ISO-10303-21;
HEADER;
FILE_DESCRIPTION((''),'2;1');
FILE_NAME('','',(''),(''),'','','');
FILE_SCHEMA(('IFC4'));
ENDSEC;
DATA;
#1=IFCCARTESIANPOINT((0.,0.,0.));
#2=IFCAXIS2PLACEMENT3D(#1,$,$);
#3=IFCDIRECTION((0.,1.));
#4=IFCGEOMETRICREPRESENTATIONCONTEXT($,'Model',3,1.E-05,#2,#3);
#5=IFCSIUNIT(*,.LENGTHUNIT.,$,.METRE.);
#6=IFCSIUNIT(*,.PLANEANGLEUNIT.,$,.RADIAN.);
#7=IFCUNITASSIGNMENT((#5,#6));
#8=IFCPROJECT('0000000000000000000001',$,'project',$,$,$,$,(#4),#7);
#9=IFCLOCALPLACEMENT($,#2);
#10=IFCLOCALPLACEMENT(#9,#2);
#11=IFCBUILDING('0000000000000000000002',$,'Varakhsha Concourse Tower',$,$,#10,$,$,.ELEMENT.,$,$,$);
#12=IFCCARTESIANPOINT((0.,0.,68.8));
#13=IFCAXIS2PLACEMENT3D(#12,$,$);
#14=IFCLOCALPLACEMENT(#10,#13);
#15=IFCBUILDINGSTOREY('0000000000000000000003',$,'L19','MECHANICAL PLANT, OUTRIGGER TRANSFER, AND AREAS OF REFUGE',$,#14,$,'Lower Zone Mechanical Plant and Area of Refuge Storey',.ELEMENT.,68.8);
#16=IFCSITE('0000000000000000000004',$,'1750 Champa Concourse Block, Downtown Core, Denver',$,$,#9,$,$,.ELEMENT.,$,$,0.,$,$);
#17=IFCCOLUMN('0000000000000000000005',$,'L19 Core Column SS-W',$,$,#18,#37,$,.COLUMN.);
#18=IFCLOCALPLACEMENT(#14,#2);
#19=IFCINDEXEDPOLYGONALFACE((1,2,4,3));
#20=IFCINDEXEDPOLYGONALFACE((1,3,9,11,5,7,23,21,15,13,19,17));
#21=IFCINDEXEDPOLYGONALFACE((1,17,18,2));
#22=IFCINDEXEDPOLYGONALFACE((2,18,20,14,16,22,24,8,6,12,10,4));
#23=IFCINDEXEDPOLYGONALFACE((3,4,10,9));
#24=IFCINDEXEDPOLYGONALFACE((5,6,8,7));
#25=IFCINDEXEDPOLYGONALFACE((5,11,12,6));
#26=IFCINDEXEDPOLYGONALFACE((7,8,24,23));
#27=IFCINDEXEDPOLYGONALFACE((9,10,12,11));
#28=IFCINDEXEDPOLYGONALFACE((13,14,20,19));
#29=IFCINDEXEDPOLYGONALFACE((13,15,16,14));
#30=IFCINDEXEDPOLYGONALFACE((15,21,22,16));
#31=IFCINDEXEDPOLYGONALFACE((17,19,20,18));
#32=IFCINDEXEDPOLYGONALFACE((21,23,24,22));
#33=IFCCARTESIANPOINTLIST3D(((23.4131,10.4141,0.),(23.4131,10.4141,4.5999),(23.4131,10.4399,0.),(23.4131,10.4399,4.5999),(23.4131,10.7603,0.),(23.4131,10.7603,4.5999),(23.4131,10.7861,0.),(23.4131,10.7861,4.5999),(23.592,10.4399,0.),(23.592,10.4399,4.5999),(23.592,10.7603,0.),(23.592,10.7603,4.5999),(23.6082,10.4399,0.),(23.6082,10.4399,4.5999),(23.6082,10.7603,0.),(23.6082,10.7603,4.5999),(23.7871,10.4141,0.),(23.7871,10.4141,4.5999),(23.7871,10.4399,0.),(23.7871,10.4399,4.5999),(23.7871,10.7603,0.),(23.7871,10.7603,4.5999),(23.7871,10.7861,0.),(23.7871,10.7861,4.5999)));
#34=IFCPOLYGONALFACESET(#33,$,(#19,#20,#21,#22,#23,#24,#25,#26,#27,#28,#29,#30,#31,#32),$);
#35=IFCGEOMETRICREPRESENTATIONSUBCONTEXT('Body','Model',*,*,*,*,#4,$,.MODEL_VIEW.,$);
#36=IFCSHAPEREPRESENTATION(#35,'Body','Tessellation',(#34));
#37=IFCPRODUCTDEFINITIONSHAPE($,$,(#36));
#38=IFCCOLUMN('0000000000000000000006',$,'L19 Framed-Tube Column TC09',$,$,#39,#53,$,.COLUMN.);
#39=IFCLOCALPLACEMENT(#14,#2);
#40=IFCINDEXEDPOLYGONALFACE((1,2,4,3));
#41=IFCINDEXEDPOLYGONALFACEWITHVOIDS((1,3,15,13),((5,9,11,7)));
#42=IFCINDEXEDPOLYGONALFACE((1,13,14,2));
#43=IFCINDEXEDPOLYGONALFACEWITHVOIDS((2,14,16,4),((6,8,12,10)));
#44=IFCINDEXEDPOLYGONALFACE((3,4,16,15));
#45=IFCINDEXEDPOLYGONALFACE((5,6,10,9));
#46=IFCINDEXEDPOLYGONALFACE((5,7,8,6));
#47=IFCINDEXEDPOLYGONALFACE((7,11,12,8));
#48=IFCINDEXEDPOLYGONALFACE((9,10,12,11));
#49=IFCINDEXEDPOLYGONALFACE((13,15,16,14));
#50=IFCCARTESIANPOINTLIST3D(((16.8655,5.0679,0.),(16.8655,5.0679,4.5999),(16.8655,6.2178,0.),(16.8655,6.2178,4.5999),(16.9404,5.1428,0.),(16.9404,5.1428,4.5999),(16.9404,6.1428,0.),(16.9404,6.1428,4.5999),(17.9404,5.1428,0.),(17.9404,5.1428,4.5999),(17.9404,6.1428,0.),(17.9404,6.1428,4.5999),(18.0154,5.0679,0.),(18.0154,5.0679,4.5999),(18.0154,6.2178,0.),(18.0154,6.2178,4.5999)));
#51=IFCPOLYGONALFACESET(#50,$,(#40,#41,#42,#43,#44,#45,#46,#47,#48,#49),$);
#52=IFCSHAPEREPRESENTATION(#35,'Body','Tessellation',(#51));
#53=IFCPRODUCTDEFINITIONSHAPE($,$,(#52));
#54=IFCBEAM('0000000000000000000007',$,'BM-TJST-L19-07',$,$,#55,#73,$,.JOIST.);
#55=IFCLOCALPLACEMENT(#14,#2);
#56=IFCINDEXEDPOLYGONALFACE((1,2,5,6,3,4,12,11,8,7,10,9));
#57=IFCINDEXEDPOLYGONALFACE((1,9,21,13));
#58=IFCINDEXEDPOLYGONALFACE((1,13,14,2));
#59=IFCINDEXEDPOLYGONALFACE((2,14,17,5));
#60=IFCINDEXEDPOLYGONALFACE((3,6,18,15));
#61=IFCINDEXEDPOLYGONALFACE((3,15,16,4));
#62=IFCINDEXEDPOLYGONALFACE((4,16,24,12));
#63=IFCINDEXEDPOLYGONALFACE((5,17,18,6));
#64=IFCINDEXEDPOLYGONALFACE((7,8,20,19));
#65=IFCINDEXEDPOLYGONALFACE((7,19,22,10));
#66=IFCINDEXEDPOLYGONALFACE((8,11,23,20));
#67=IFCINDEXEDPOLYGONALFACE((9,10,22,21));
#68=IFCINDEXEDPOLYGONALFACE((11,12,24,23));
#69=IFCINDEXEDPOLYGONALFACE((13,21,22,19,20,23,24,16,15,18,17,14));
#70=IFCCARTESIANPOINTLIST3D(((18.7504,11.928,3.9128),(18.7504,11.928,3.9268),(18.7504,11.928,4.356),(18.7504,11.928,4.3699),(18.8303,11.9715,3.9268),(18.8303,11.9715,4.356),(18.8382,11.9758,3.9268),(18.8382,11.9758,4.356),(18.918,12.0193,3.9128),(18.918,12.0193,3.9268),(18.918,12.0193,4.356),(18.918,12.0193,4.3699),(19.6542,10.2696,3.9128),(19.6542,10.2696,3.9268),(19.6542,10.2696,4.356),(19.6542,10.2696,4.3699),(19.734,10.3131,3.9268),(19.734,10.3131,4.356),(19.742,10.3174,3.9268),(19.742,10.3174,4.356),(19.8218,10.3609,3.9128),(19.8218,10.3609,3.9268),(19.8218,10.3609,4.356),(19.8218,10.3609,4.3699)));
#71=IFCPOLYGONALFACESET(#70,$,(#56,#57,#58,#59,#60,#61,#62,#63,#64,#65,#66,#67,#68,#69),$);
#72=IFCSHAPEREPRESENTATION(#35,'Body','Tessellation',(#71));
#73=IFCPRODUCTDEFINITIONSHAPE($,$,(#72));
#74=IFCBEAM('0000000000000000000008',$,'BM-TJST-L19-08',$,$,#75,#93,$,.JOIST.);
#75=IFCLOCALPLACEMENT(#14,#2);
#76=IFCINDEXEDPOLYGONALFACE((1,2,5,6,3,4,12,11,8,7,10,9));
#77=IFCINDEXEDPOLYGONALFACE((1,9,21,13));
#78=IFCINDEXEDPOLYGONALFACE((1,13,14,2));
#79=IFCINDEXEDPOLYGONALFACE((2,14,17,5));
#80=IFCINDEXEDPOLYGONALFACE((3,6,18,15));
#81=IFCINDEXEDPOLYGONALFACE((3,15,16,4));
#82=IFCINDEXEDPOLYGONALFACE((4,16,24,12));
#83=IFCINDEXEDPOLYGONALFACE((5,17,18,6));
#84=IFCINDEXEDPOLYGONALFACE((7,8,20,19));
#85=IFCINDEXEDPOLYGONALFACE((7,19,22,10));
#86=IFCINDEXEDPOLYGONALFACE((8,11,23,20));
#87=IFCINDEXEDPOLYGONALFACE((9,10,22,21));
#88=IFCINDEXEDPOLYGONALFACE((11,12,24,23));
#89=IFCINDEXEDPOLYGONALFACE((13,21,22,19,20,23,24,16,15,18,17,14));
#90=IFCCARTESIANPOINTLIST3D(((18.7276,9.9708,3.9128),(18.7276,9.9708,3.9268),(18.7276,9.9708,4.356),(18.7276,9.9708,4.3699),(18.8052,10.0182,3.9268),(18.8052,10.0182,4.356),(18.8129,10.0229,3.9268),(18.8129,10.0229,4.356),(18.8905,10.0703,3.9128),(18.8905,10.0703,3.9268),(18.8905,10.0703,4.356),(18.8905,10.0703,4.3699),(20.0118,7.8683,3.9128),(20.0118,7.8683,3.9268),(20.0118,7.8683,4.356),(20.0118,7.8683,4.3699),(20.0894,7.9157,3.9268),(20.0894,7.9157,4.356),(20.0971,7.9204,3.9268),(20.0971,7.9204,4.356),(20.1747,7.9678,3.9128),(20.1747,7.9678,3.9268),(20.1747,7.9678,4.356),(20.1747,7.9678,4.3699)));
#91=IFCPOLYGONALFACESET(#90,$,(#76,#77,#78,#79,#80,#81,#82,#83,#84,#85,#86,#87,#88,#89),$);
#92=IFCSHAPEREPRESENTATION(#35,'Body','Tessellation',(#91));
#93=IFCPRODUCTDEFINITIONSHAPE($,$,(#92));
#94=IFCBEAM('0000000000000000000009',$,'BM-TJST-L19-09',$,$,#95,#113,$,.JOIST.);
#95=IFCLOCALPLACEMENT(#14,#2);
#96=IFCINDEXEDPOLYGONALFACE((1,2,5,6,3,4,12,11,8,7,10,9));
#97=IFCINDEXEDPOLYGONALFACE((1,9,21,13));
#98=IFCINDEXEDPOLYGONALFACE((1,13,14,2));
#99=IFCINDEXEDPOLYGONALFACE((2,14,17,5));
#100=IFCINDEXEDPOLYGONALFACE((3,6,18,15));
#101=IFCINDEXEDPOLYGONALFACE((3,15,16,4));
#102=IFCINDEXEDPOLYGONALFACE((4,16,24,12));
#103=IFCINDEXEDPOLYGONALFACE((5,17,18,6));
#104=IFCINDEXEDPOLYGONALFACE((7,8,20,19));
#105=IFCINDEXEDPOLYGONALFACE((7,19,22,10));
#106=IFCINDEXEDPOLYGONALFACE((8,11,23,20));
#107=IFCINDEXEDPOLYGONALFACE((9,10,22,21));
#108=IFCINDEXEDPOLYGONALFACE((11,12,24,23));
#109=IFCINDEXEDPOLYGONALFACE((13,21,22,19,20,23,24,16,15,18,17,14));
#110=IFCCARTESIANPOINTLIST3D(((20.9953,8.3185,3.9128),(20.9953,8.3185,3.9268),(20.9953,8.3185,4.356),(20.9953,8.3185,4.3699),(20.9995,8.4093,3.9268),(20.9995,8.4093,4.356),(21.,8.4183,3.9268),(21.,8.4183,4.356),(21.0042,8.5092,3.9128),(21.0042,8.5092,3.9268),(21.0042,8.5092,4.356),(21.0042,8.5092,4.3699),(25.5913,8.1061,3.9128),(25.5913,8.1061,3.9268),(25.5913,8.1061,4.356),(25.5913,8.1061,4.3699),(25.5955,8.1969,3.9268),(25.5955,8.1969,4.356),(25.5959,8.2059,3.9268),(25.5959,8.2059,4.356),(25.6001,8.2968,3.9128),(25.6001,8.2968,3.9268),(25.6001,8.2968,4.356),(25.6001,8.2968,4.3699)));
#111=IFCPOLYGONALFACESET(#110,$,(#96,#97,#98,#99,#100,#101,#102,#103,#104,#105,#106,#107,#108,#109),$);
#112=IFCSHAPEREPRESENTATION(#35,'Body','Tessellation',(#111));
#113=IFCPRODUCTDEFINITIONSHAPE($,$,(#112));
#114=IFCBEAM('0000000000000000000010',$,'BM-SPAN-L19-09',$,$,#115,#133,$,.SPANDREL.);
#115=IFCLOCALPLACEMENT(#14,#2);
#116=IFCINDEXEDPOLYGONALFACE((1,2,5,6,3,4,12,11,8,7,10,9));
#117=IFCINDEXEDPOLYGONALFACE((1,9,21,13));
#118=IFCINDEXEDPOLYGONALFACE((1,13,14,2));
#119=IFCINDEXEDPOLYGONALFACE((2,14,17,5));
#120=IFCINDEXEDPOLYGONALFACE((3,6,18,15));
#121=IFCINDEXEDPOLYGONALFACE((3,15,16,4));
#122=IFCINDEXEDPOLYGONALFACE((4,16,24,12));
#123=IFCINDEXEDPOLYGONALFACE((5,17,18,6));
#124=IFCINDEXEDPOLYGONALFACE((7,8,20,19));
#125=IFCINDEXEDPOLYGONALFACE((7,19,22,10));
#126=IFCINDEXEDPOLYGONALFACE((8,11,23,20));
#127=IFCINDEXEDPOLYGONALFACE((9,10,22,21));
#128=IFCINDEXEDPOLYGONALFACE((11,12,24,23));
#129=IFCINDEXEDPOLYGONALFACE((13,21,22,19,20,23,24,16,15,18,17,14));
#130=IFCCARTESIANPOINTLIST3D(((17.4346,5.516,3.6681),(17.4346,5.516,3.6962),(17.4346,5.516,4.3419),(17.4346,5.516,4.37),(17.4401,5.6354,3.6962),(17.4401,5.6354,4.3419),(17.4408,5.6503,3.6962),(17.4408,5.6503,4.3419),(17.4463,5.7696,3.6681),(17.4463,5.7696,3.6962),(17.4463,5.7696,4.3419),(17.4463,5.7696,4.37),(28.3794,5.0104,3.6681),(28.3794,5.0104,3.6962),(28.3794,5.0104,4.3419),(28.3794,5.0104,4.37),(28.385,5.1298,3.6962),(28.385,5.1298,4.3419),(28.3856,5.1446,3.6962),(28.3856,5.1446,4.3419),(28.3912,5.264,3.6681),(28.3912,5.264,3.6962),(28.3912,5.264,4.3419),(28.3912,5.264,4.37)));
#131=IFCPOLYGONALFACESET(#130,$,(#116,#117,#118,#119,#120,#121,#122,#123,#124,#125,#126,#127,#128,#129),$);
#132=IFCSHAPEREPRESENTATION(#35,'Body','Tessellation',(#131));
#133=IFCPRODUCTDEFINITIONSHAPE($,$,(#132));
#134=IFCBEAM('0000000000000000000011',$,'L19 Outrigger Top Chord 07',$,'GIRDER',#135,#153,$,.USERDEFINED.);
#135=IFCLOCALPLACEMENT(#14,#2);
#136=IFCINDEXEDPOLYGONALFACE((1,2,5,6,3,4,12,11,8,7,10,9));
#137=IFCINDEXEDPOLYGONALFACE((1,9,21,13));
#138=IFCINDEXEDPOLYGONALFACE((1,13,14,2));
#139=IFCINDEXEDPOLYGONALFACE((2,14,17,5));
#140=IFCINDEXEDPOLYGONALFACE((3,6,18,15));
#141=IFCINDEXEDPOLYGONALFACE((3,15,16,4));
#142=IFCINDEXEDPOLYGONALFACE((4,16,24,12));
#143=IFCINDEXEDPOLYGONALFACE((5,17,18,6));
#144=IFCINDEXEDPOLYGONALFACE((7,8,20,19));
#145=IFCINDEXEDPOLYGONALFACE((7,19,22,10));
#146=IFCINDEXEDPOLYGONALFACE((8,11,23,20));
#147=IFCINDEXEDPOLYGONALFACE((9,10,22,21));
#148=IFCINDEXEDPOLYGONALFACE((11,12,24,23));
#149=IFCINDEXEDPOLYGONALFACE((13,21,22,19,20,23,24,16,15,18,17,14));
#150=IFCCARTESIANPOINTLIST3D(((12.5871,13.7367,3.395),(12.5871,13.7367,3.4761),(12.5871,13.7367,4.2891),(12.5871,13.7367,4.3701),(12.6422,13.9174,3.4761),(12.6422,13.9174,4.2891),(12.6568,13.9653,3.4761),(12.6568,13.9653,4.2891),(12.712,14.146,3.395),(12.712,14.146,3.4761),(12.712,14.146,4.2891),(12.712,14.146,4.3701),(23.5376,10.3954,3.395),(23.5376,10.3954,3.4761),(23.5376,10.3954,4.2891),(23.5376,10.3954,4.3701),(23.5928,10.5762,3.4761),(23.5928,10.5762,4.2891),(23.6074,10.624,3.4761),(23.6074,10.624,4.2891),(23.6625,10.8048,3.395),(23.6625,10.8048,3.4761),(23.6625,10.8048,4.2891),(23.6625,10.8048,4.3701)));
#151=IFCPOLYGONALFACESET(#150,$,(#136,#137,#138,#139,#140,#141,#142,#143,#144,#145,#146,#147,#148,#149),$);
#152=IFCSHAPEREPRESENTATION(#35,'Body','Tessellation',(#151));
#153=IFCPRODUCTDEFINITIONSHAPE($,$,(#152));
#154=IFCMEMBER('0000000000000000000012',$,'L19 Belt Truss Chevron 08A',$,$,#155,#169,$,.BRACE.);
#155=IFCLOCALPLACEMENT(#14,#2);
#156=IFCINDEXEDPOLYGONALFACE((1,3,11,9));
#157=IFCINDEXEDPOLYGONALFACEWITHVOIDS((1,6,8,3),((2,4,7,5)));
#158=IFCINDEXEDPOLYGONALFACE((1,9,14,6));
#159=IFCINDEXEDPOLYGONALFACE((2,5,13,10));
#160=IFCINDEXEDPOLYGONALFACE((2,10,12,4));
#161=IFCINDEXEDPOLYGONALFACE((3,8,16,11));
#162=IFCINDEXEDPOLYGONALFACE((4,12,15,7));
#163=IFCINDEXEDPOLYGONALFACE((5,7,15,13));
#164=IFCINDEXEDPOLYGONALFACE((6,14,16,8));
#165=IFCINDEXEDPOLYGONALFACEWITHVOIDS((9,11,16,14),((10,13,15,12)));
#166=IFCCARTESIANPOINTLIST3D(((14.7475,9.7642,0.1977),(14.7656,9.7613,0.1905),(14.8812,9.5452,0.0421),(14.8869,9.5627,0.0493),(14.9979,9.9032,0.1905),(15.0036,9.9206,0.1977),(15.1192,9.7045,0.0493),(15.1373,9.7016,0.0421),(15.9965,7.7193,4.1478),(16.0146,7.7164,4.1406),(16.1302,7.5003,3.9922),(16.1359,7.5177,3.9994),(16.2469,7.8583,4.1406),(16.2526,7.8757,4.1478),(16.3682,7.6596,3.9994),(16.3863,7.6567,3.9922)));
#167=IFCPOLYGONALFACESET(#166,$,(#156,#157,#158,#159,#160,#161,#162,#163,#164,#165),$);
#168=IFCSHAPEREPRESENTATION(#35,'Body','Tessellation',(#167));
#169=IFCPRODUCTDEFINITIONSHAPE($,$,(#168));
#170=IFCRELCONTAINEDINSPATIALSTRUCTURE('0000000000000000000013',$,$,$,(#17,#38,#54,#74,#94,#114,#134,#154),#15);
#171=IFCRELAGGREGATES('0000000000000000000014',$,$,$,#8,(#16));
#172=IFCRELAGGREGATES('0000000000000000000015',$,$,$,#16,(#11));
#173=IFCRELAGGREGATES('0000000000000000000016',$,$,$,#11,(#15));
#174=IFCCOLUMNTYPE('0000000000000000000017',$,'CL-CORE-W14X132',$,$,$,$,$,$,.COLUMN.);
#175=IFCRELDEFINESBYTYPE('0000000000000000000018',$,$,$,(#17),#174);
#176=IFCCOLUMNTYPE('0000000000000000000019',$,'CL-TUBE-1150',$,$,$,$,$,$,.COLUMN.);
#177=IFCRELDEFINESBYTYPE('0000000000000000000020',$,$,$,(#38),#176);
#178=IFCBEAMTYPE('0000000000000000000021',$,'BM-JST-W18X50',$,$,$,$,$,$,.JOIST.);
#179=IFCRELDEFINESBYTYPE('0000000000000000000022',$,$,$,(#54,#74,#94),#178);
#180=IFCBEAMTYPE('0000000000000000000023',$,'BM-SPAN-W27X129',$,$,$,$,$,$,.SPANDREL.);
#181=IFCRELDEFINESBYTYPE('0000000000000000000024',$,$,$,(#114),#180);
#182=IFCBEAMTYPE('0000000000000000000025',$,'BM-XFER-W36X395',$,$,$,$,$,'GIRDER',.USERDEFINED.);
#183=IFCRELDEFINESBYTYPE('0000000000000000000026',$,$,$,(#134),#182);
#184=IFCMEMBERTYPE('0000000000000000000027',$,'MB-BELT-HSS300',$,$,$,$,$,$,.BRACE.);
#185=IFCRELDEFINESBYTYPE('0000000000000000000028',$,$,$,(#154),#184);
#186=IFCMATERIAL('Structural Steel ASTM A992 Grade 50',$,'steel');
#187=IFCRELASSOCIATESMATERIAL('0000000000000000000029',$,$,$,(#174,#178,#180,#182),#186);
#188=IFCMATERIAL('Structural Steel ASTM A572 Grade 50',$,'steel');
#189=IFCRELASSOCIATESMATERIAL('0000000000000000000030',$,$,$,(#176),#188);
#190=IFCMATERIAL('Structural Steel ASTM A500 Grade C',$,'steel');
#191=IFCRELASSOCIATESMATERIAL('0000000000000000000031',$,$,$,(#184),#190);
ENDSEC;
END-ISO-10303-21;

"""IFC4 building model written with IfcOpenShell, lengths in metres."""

from ifc_helpers import new_model, si_unit, direction, frame, origin, origin_2d, place, context, subcontext, project, spatial, hollow_rectangle, i_section, extrude, source, transform, mapped, material, material_profile, profile_set, type_object, element, save


model = new_model("IFC4")

# Units and contexts
model_context = context("Model", 3, precision=1e-05, world=origin(), true_north=direction((0.0, 1.0)))
body_context = subcontext(model_context, "Body", "Model", "MODEL_VIEW")
ifc_project = project(units=[si_unit("LENGTHUNIT", "METRE"), si_unit("PLANEANGLEUNIT", "RADIAN")], contexts=[model_context])

# Site, building, storey
site_placement = place(None, origin())
site = spatial("IfcSite", under=ifc_project, at=site_placement, Name="1750 Champa Concourse Block, Downtown Core, Denver", CompositionType="ELEMENT", RefElevation=0.0)
building_placement = place(site_placement, origin())
building = spatial("IfcBuilding", under=site, at=building_placement, Name="Varakhsha Concourse Tower", CompositionType="ELEMENT")
storey_placement = place(building_placement, frame((0.0, 0.0, 68.8)))
storey = spatial("IfcBuildingStorey", under=building, at=storey_placement, Name="L19", Description="MECHANICAL PLANT, OUTRIGGER TRANSFER, AND AREAS OF REFUGE", LongName="Lower Zone Mechanical Plant and Area of Refuge Storey", CompositionType="ELEMENT", Elevation=68.8)

# Columns
ifc_material_1 = material(Name="Structural Steel ASTM A992 Grade 50", Category="steel")
ifc_material_profile_1 = material_profile(ifc_material_1, i_section(OverallWidth=0.374, OverallDepth=0.3721, WebThickness=0.0161, FlangeThickness=0.0259, at=origin_2d()), Name="W14X132")
ifc_profile_set_1 = profile_set([ifc_material_profile_1], Name="Structural Steel ASTM A992 Grade 50")
column_type_1 = type_object("IfcColumnType", Name="CL-CORE-W14X132", PredefinedType="COLUMN", material=ifc_profile_set_1)
column_1_placement = place(storey_placement, frame((23.6001, 10.6001, 0.0), z_axis=(0.0, 0.0, 1.0), x_axis=(1.0, 0.0, 0.0)))
element("IfcColumn", 1, at=column_1_placement, inside=storey, type_object=column_type_1, Name="L19 Core Column SS-W", PredefinedType="COLUMN", context=body_context, shape_type="SweptSolid", body=[
    extrude(i_section(OverallWidth=0.374, OverallDepth=0.3721, WebThickness=0.0161, FlangeThickness=0.0259, at=origin_2d()), origin(), (0.0, 0.0, 1.0), 4.5999),
])
ifc_material_2 = material(Name="Structural Steel ASTM A572 Grade 50", Category="steel")
ifc_material_profile_2 = material_profile(ifc_material_2, hollow_rectangle(XDim=1.1499, YDim=1.1499, WallThickness=0.075, at=origin_2d()), Name="BOX 1150x1150x75")
ifc_profile_set_2 = profile_set([ifc_material_profile_2], Name="Structural Steel ASTM A572 Grade 50")
column_type_2 = type_object("IfcColumnType", Name="CL-TUBE-1150", PredefinedType="COLUMN", material=ifc_profile_set_2)
column_2_placement = place(storey_placement, frame((17.4404, 5.6428, 0.0), z_axis=(0.0, 0.0, 1.0), x_axis=(1.0, 0.0, 0.0)))
element("IfcColumn", 2, at=column_2_placement, inside=storey, type_object=column_type_2, Name="L19 Framed-Tube Column TC09", PredefinedType="COLUMN", context=body_context, shape_type="SweptSolid", body=[
    extrude(hollow_rectangle(XDim=1.1499, YDim=1.1499, WallThickness=0.075, at=origin_2d()), origin(), (0.0, 0.0, 1.0), 4.5999),
])

# Beams
ifc_material_profile_3 = material_profile(ifc_material_1, i_section(OverallWidth=0.1909, OverallDepth=0.457, WebThickness=0.009, FlangeThickness=0.0139, at=origin_2d()), Name="W18X50")
ifc_profile_set_3 = profile_set([ifc_material_profile_3], Name="Structural Steel ASTM A992 Grade 50")
beam_type_1 = type_object("IfcBeamType", Name="BM-JST-W18X50", PredefinedType="JOIST", material=ifc_profile_set_3)
beam_1_placement = place(storey_placement, frame((18.8342, 11.9736, 4.1414), z_axis=(0.478526, -0.878073, 0.0), x_axis=(0.878073, 0.478526, 0.0)))
element("IfcBeam", 3, at=beam_1_placement, inside=storey, type_object=beam_type_1, Name="BM-TJST-L19-07", PredefinedType="JOIST", context=body_context, shape_type="SweptSolid", body=[
    extrude(i_section(OverallWidth=0.1909, OverallDepth=0.457, WebThickness=0.009, FlangeThickness=0.0139, at=origin_2d()), origin(), (0.0, 0.0, 1.0), 1.8887),
])
beam_2_placement = place(storey_placement, frame((18.8091, 10.0205, 4.1414), z_axis=(0.521242, -0.853409, 0.0), x_axis=(0.853409, 0.521242, 0.0)))
element("IfcBeam", 4, at=beam_2_placement, inside=storey, type_object=beam_type_1, Name="BM-TJST-L19-08", PredefinedType="JOIST", context=body_context, shape_type="SweptSolid", body=[
    extrude(i_section(OverallWidth=0.1909, OverallDepth=0.457, WebThickness=0.009, FlangeThickness=0.0139, at=origin_2d()), origin(), (0.0, 0.0, 1.0), 2.4636),
])
beam_3_placement = place(storey_placement, frame((20.9998, 8.4138, 4.1414), z_axis=(0.998934, -0.046166, 0.0), x_axis=(0.046166, 0.998934, 0.0)))
element("IfcBeam", 5, at=beam_3_placement, inside=storey, type_object=beam_type_1, Name="BM-TJST-L19-09", PredefinedType="JOIST", context=body_context, shape_type="SweptSolid", body=[
    extrude(i_section(OverallWidth=0.1909, OverallDepth=0.457, WebThickness=0.009, FlangeThickness=0.0139, at=origin_2d()), origin(), (0.0, 0.0, 1.0), 4.6008),
])
ifc_material_profile_4 = material_profile(ifc_material_1, i_section(OverallWidth=0.2539, OverallDepth=0.7019, WebThickness=0.0149, FlangeThickness=0.0281, at=origin_2d()), Name="W27X129")
ifc_profile_set_4 = profile_set([ifc_material_profile_4], Name="Structural Steel ASTM A992 Grade 50")
beam_type_2 = type_object("IfcBeamType", Name="BM-SPAN-W27X129", PredefinedType="SPANDREL", material=ifc_profile_set_4)
beam_4_placement = place(storey_placement, frame((17.4404, 5.6428, 4.019), z_axis=(0.998935, -0.046148, 0.0), x_axis=(0.046148, 0.998935, 0.0)))
element("IfcBeam", 6, at=beam_4_placement, inside=storey, type_object=beam_type_2, Name="BM-SPAN-L19-09", PredefinedType="SPANDREL", context=body_context, shape_type="SweptSolid", body=[
    extrude(i_section(OverallWidth=0.2539, OverallDepth=0.7019, WebThickness=0.0149, FlangeThickness=0.0281, at=origin_2d()), origin(), (0.0, 0.0, 1.0), 10.9565),
])
ifc_material_profile_5 = material_profile(ifc_material_1, i_section(OverallWidth=0.428, OverallDepth=0.9751, WebThickness=0.05, FlangeThickness=0.0811, at=origin_2d()), Name="W36X395")
ifc_profile_set_5 = profile_set([ifc_material_profile_5], Name="Structural Steel ASTM A992 Grade 50")
beam_type_3 = type_object("IfcBeamType", Name="BM-XFER-W36X395", ElementType="GIRDER", PredefinedType="USERDEFINED", material=ifc_profile_set_5)
beam_5_placement = place(storey_placement, frame((23.6001, 10.6001, 3.8826), z_axis=(-0.956467, 0.29184, 0.0), x_axis=(-0.29184, -0.956467, 0.0)))
element("IfcBeam", 7, at=beam_5_placement, inside=storey, type_object=beam_type_3, Name="L19 Outrigger Top Chord 07", ObjectType="GIRDER", PredefinedType="USERDEFINED", context=body_context, shape_type="SweptSolid", body=[
    extrude(i_section(OverallWidth=0.428, OverallDepth=0.9751, WebThickness=0.05, FlangeThickness=0.0811, at=origin_2d()), origin(), (0.0, 0.0, 1.0), 11.449),
])

# Member
ifc_material_3 = material(Name="Structural Steel ASTM A500 Grade C", Category="steel")
ifc_material_profile_6 = material_profile(ifc_material_3, hollow_rectangle(XDim=0.3, YDim=0.3, WallThickness=0.0139, at=origin_2d()), Name="HSS 300x300x14")
ifc_profile_set_6 = profile_set([ifc_material_profile_6], Name="Structural Steel ASTM A500 Grade C")
member_type_1 = type_object("IfcMemberType", Name="MB-BELT-HSS300", PredefinedType="BRACE", material=ifc_profile_set_6)
shared_shape_1 = source(origin(), body_context, "Body", "SweptSolid", [
    extrude(hollow_rectangle(XDim=0.3, YDim=0.3, WallThickness=0.0139, at=origin_2d()), origin(), (0.0, 0.0, 1.0), 4.6201),
])
member_1_placement = place(storey_placement, frame((14.9424, 9.7329, 0.1199), z_axis=(0.270342, -0.442609, 0.854992), x_axis=(0.853403, 0.521252, 0.0)))
element("IfcMember", 8, at=member_1_placement, inside=storey, type_object=member_type_1, Name="L19 Belt Truss Chevron 08A", PredefinedType="BRACE", context=body_context, shape_type="MappedRepresentation", body=[
    mapped(shared_shape_1, transform((0.0, 0.0, 0.0), scale=1.0)),
])

save(model, "model.ifc")
